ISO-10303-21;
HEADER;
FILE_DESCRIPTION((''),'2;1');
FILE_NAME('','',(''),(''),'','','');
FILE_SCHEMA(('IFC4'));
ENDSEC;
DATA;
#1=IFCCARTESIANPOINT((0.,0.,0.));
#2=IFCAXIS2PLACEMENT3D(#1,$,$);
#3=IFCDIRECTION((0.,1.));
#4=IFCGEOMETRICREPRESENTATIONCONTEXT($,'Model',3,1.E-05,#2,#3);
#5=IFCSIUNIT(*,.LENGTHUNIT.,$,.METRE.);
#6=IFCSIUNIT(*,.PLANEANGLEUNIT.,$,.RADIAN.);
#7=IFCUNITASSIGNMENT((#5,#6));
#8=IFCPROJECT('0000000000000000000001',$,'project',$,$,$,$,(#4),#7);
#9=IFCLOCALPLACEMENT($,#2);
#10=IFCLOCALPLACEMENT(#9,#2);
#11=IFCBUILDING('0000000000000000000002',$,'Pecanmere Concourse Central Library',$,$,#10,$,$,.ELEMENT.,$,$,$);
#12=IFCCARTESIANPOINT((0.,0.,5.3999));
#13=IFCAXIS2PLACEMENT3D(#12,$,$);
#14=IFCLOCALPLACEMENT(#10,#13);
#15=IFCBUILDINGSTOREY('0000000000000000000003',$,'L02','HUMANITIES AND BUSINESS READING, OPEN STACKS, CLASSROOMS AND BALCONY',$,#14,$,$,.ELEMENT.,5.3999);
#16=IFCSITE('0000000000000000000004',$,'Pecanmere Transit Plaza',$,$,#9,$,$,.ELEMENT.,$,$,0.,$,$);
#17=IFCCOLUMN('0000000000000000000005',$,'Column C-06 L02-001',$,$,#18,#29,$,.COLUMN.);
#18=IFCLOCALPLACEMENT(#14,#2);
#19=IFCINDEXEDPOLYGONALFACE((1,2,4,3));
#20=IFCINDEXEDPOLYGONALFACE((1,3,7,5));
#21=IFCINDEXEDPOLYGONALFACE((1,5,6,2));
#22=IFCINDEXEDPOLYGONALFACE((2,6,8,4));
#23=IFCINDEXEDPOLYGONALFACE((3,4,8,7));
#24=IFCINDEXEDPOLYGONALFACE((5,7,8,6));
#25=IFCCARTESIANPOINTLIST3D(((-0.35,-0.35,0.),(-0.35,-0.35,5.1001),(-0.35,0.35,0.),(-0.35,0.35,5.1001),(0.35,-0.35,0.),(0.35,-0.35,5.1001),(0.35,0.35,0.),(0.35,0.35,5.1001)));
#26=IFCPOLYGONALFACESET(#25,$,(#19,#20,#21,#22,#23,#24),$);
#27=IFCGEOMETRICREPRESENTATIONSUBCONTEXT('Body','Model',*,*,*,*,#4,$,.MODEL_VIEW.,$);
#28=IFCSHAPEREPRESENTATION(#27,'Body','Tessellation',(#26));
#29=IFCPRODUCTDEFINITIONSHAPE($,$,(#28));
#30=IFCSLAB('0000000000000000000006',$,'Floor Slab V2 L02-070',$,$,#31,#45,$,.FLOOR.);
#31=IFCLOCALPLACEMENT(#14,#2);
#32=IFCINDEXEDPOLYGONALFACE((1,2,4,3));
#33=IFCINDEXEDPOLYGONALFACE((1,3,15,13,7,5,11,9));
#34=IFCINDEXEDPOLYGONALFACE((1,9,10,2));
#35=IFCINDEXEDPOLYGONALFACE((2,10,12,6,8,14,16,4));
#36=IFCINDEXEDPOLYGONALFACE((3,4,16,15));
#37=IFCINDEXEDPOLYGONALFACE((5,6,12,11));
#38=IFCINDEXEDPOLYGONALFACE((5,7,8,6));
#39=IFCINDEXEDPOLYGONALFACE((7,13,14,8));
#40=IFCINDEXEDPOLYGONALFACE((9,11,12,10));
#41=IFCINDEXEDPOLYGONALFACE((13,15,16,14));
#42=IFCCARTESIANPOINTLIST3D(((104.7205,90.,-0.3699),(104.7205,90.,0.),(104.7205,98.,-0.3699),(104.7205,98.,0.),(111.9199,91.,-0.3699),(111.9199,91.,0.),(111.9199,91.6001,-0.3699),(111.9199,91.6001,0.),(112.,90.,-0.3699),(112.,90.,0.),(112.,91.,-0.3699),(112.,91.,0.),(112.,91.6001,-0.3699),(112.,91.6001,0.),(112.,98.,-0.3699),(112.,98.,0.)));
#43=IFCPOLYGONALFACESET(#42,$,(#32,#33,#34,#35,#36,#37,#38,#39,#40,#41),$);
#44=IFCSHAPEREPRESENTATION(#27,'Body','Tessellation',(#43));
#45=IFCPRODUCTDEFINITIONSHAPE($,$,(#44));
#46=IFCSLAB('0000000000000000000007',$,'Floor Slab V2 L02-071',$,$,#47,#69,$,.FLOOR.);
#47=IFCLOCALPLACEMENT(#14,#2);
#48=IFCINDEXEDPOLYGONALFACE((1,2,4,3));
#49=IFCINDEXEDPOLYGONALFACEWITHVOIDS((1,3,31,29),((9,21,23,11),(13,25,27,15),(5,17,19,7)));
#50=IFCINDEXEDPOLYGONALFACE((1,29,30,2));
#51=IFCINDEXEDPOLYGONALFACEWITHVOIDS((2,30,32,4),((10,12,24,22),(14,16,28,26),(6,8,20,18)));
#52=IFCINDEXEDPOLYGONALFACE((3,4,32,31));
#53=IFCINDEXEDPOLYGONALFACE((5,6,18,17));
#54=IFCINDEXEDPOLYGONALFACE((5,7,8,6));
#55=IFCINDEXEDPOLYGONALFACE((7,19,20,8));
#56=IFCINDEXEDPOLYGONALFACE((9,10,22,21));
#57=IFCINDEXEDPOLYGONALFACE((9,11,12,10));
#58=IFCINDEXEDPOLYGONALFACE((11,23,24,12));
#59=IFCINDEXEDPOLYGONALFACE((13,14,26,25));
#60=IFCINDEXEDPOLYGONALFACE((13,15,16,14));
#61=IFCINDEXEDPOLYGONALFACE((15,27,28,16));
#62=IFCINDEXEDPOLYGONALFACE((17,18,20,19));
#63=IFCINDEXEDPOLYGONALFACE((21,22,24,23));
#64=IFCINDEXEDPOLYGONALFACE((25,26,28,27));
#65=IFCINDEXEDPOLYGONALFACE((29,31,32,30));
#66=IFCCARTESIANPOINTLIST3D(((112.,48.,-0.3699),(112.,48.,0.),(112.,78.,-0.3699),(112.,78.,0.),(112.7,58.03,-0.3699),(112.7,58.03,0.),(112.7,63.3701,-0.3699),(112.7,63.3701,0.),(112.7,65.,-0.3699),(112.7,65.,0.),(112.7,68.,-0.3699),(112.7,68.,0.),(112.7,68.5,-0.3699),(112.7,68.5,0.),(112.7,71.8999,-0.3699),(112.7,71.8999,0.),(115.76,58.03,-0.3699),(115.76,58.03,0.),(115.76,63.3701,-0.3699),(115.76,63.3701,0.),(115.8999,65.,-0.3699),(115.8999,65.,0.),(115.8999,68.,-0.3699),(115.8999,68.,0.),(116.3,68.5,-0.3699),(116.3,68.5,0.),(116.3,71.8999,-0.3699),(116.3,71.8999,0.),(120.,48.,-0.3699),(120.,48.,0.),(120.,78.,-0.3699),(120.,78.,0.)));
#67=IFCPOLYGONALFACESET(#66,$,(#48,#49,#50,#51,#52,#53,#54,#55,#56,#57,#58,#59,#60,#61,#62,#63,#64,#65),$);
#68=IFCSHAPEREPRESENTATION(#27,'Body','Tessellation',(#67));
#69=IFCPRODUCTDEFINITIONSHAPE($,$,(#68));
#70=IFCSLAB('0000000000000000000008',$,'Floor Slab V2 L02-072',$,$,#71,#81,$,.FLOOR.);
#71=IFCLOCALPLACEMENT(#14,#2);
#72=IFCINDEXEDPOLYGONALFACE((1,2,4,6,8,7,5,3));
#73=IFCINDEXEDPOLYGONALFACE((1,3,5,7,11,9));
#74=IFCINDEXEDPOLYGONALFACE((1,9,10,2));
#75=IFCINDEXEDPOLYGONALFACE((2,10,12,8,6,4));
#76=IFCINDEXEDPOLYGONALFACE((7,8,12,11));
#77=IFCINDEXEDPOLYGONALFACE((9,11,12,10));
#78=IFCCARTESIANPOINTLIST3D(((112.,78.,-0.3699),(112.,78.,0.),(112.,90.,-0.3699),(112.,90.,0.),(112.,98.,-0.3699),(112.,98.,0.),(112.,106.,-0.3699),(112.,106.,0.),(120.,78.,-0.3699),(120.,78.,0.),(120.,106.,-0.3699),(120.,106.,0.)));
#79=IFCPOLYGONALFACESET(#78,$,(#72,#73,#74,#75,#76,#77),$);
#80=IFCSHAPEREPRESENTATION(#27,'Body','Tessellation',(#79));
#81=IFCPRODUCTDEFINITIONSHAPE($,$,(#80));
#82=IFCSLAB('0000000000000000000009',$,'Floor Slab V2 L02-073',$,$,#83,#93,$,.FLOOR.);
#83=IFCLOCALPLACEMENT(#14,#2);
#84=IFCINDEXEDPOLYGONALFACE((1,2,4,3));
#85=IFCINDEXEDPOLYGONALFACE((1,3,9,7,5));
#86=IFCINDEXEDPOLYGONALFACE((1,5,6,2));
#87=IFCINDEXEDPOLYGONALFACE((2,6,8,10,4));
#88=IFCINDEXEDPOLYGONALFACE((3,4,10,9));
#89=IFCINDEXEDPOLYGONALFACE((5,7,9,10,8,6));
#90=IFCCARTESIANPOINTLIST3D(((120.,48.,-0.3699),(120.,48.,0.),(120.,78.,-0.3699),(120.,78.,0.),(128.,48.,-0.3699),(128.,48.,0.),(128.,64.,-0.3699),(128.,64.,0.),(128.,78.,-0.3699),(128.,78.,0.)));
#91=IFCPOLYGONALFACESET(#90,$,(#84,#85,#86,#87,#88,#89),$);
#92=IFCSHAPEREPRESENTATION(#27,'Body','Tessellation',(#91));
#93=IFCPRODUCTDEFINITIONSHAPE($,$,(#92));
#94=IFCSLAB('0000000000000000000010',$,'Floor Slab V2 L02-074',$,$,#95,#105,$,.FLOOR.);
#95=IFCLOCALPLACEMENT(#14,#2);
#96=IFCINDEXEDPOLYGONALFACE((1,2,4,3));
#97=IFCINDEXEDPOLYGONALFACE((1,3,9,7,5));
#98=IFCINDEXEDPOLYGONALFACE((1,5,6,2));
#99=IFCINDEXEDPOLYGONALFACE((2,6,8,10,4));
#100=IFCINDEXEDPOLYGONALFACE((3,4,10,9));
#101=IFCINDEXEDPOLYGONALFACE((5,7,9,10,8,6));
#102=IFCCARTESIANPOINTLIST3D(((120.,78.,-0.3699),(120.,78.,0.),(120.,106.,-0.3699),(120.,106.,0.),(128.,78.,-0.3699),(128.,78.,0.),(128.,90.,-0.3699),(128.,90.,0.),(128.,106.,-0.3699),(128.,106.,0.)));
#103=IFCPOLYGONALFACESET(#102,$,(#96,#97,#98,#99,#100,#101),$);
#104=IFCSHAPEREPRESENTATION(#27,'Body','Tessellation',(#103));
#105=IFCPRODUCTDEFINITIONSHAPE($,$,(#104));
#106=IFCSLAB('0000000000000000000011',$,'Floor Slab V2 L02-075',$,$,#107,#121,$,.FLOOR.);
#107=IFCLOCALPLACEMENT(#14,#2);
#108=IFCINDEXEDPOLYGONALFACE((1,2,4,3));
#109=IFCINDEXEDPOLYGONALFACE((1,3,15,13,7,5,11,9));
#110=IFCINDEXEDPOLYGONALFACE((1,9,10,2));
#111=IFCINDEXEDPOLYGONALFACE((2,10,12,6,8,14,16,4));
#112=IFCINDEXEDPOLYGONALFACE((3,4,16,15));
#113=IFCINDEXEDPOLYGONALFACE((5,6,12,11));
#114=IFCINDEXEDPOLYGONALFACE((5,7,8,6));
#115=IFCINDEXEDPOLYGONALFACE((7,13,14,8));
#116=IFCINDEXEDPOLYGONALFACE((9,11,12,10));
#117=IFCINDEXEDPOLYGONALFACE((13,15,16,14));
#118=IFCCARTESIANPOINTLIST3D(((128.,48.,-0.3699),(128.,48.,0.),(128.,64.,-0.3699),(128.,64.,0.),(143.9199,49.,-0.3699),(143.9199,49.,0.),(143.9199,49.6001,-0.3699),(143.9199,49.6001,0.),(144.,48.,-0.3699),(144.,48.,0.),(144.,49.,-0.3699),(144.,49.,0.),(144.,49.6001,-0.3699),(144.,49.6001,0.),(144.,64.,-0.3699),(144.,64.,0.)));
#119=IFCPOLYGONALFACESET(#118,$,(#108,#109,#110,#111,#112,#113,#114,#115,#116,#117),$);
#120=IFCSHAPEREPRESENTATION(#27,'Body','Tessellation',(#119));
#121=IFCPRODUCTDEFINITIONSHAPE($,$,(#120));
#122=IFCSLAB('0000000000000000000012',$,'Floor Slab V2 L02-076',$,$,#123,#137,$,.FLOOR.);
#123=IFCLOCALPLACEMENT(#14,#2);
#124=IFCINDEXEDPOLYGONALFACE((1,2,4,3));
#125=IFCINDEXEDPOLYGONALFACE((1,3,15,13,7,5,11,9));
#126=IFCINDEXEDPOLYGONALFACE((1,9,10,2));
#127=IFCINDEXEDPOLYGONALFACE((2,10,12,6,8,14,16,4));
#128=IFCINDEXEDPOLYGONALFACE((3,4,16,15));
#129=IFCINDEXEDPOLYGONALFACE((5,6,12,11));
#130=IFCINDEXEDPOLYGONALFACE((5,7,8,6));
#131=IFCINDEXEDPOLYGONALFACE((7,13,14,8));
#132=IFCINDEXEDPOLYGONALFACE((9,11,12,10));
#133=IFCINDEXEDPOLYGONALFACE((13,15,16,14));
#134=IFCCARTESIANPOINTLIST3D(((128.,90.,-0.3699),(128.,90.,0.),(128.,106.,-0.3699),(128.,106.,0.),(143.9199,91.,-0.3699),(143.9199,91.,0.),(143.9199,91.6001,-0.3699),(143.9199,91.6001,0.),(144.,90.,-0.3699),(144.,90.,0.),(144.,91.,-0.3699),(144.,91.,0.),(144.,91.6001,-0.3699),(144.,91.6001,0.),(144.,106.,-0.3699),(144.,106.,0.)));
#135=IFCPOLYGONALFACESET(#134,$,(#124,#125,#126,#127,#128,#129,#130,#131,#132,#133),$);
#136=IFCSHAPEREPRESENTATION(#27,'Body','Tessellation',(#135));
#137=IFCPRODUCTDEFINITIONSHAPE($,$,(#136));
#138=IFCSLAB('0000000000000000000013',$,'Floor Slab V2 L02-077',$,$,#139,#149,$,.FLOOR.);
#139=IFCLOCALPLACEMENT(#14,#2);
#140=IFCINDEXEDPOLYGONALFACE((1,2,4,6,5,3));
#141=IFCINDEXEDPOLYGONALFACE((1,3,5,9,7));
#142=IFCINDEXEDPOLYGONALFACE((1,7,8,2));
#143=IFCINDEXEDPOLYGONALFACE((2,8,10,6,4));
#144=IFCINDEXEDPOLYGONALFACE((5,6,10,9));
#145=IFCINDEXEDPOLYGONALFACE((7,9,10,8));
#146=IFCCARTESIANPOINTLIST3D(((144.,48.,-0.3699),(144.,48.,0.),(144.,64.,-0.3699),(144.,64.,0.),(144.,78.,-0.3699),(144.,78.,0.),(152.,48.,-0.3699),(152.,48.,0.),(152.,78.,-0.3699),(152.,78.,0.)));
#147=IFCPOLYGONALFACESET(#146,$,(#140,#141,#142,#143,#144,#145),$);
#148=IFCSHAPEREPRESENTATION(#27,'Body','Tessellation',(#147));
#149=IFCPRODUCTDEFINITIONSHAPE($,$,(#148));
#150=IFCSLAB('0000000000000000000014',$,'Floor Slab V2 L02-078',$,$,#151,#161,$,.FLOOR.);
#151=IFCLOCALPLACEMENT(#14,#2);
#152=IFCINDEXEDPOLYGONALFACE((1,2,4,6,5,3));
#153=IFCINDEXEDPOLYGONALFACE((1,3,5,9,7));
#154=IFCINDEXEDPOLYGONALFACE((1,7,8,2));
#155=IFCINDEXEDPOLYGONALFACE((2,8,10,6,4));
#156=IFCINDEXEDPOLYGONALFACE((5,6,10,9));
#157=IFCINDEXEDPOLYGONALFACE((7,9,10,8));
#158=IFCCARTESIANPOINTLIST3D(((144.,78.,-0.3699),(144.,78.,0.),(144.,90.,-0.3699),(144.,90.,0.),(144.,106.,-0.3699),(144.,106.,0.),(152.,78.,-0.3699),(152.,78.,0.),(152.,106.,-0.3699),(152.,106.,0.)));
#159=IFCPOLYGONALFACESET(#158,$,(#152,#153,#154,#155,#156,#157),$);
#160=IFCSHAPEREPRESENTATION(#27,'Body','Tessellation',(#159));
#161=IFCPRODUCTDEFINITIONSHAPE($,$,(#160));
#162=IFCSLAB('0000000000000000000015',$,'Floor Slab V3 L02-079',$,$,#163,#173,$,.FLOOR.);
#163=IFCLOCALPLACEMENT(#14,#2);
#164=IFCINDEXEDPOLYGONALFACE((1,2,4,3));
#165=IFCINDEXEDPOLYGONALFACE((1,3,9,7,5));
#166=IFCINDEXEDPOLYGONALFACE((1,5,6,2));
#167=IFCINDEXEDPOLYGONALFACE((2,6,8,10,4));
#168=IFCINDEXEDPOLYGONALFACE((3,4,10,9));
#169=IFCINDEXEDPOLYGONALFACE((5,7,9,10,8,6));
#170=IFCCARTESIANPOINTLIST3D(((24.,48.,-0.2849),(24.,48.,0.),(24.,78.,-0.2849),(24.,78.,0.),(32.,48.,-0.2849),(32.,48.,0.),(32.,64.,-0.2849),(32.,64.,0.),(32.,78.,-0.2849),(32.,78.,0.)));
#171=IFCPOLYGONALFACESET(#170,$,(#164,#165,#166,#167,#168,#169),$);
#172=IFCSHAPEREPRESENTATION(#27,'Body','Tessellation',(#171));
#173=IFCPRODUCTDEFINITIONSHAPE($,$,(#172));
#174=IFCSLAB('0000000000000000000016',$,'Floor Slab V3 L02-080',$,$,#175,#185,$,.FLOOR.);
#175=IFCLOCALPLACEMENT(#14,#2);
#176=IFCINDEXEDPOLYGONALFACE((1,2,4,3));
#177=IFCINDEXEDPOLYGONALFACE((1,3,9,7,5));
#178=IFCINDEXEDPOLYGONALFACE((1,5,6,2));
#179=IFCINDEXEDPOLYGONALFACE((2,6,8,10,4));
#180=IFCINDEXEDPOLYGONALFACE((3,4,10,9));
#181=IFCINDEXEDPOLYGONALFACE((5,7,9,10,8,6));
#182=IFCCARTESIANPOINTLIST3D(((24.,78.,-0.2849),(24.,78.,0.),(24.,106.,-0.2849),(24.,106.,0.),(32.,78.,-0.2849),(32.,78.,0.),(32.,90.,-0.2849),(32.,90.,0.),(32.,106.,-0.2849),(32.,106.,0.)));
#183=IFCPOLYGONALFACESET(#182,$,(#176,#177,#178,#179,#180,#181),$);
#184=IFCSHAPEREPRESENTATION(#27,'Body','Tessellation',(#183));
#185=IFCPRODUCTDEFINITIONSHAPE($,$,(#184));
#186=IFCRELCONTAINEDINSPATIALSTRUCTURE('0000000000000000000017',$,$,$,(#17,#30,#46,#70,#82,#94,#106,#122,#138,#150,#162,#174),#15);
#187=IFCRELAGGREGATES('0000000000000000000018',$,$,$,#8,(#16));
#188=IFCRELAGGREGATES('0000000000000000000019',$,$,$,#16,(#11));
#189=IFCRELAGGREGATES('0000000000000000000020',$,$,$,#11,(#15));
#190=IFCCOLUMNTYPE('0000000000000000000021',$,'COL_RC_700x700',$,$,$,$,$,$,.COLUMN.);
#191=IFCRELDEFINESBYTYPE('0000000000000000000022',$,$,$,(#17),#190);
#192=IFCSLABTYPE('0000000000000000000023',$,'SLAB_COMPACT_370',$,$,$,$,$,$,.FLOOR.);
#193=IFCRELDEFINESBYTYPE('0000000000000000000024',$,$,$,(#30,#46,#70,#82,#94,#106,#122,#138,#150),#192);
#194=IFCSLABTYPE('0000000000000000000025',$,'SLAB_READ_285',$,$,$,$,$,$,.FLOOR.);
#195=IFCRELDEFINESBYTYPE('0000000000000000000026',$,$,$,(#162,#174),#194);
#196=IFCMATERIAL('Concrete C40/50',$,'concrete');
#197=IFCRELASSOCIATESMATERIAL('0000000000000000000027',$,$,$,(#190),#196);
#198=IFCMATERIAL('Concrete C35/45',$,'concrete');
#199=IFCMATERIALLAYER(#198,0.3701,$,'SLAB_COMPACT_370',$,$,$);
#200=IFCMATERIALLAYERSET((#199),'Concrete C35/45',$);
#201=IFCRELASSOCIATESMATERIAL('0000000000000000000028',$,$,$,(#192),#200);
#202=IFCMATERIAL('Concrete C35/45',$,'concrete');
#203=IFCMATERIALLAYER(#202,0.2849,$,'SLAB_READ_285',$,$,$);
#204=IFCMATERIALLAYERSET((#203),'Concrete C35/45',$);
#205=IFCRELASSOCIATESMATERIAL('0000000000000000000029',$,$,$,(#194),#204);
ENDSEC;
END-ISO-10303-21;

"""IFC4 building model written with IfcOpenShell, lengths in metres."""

from ifc_helpers import new_model, si_unit, direction, frame, origin, origin_with_axes, origin_2d, place, context, subcontext, project, spatial, polyline, rectangle, outline, extrude, material, layer, layer_set, material_profile, profile_set, type_object, element, save


model = new_model("IFC4")

# Units and contexts
model_context = context("Model", 3, precision=1e-05, world=origin(), true_north=direction((0.0, 1.0)))
body_context = subcontext(model_context, "Body", "Model", "MODEL_VIEW")
ifc_project = project(units=[si_unit("LENGTHUNIT", "METRE"), si_unit("PLANEANGLEUNIT", "RADIAN")], contexts=[model_context])

# Site, building, storey
site_placement = place(None, origin())
site = spatial("IfcSite", under=ifc_project, at=site_placement, Name="Pecanmere Transit Plaza", CompositionType="ELEMENT", RefElevation=0.0)
building_placement = place(site_placement, origin())
building = spatial("IfcBuilding", under=site, at=building_placement, Name="Pecanmere Concourse Central Library", CompositionType="ELEMENT")
storey_placement = place(building_placement, frame((0.0, 0.0, 5.3999)))
storey = spatial("IfcBuildingStorey", under=building, at=storey_placement, Name="L02", Description="HUMANITIES AND BUSINESS READING, OPEN STACKS, CLASSROOMS AND BALCONY", CompositionType="ELEMENT", Elevation=5.3999)

# Column
ifc_material_1 = material(Name="Concrete C40/50", Category="concrete")
ifc_material_profile = material_profile(ifc_material_1, rectangle(XDim=0.7, YDim=0.7, at=origin_2d()), Name="RC 700x700")
ifc_profile_set = profile_set([ifc_material_profile], Name="Concrete C40/50")
column_type = type_object("IfcColumnType", Name="COL_RC_700x700", PredefinedType="COLUMN", material=ifc_profile_set)
column_placement = place(storey_placement, origin_with_axes())
element("IfcColumn", 1, at=column_placement, inside=storey, type_object=column_type, Name="Column C-06 L02-001", PredefinedType="COLUMN", context=body_context, shape_type="SweptSolid", body=[
    extrude(rectangle(XDim=0.7, YDim=0.7, at=origin_2d()), origin(), (0.0, 0.0, 1.0), 5.1001),
])

# Slabs
ifc_material_2 = material(Name="Concrete C35/45", Category="concrete")
ifc_layer_1 = layer(ifc_material_2, 0.3701, Name="SLAB_COMPACT_370")
ifc_layer_set_1 = layer_set([ifc_layer_1], Name="Concrete C35/45")
slab_type_1 = type_object("IfcSlabType", Name="SLAB_COMPACT_370", PredefinedType="FLOOR", material=ifc_layer_set_1)
slab_1_placement = place(storey_placement, frame((0.0, 0.0, -0.3699)))
element("IfcSlab", 2, at=slab_1_placement, inside=storey, type_object=slab_type_1, Name="Floor Slab V2 L02-070", PredefinedType="FLOOR", context=body_context, shape_type="SweptSolid", body=[
    extrude(outline(polyline([(112.0, 91.6001), (111.9199, 91.6001), (111.9199, 91.0), (112.0, 91.0), (112.0, 90.0), (104.7205, 90.0), (104.7205, 98.0), (112.0, 98.0), (112.0, 91.6001)])), origin(), (0.0, 0.0, 1.0), 0.3699),
])
slab_2_placement = place(storey_placement, frame((0.0, 0.0, -0.3699)))
element("IfcSlab", 3, at=slab_2_placement, inside=storey, type_object=slab_type_1, Name="Floor Slab V2 L02-071", PredefinedType="FLOOR", context=body_context, shape_type="SweptSolid", body=[
    extrude(outline(polyline([(112.0, 48.0), (112.0, 78.0), (120.0, 78.0), (120.0, 48.0), (112.0, 48.0)]), holes=[polyline([(115.76, 58.03), (115.76, 63.3701), (112.7, 63.3701), (112.7, 58.03), (115.76, 58.03)]), polyline([(115.8999, 65.0), (115.8999, 68.0), (112.7, 68.0), (112.7, 65.0), (115.8999, 65.0)]), polyline([(116.3, 71.8999), (112.7, 71.8999), (112.7, 68.5), (116.3, 68.5), (116.3, 71.8999)])]), origin(), (0.0, 0.0, 1.0), 0.3699),
])
slab_3_placement = place(storey_placement, frame((0.0, 0.0, -0.3699)))
element("IfcSlab", 4, at=slab_3_placement, inside=storey, type_object=slab_type_1, Name="Floor Slab V2 L02-072", PredefinedType="FLOOR", context=body_context, shape_type="SweptSolid", body=[
    extrude(outline(polyline([(112.0, 106.0), (120.0, 106.0), (120.0, 78.0), (112.0, 78.0), (112.0, 90.0), (112.0, 98.0), (112.0, 106.0)])), origin(), (0.0, 0.0, 1.0), 0.3699),
])
slab_4_placement = place(storey_placement, frame((0.0, 0.0, -0.3699)))
element("IfcSlab", 5, at=slab_4_placement, inside=storey, type_object=slab_type_1, Name="Floor Slab V2 L02-073", PredefinedType="FLOOR", context=body_context, shape_type="SweptSolid", body=[
    extrude(outline(polyline([(128.0, 48.0), (120.0, 48.0), (120.0, 78.0), (128.0, 78.0), (128.0, 64.0), (128.0, 48.0)])), origin(), (0.0, 0.0, 1.0), 0.3699),
])
slab_5_placement = place(storey_placement, frame((0.0, 0.0, -0.3699)))
element("IfcSlab", 6, at=slab_5_placement, inside=storey, type_object=slab_type_1, Name="Floor Slab V2 L02-074", PredefinedType="FLOOR", context=body_context, shape_type="SweptSolid", body=[
    extrude(outline(polyline([(128.0, 78.0), (120.0, 78.0), (120.0, 106.0), (128.0, 106.0), (128.0, 90.0), (128.0, 78.0)])), origin(), (0.0, 0.0, 1.0), 0.3699),
])
slab_6_placement = place(storey_placement, frame((0.0, 0.0, -0.3699)))
element("IfcSlab", 7, at=slab_6_placement, inside=storey, type_object=slab_type_1, Name="Floor Slab V2 L02-075", PredefinedType="FLOOR", context=body_context, shape_type="SweptSolid", body=[
    extrude(outline(polyline([(128.0, 48.0), (128.0, 64.0), (144.0, 64.0), (144.0, 49.6001), (143.9199, 49.6001), (143.9199, 49.0), (144.0, 49.0), (144.0, 48.0), (128.0, 48.0)])), origin(), (0.0, 0.0, 1.0), 0.3699),
])
slab_7_placement = place(storey_placement, frame((0.0, 0.0, -0.3699)))
element("IfcSlab", 8, at=slab_7_placement, inside=storey, type_object=slab_type_1, Name="Floor Slab V2 L02-076", PredefinedType="FLOOR", context=body_context, shape_type="SweptSolid", body=[
    extrude(outline(polyline([(144.0, 106.0), (144.0, 91.6001), (143.9199, 91.6001), (143.9199, 91.0), (144.0, 91.0), (144.0, 90.0), (128.0, 90.0), (128.0, 106.0), (144.0, 106.0)])), origin(), (0.0, 0.0, 1.0), 0.3699),
])
slab_8_placement = place(storey_placement, frame((0.0, 0.0, -0.3699)))
element("IfcSlab", 9, at=slab_8_placement, inside=storey, type_object=slab_type_1, Name="Floor Slab V2 L02-077", PredefinedType="FLOOR", context=body_context, shape_type="SweptSolid", body=[
    extrude(outline(polyline([(144.0, 48.0), (144.0, 64.0), (144.0, 78.0), (152.0, 78.0), (152.0, 48.0), (144.0, 48.0)])), origin(), (0.0, 0.0, 1.0), 0.3699),
])
slab_9_placement = place(storey_placement, frame((0.0, 0.0, -0.3699)))
element("IfcSlab", 10, at=slab_9_placement, inside=storey, type_object=slab_type_1, Name="Floor Slab V2 L02-078", PredefinedType="FLOOR", context=body_context, shape_type="SweptSolid", body=[
    extrude(outline(polyline([(144.0, 78.0), (144.0, 90.0), (144.0, 106.0), (152.0, 106.0), (152.0, 78.0), (144.0, 78.0)])), origin(), (0.0, 0.0, 1.0), 0.3699),
])
ifc_material_3 = material(Name="Concrete C35/45", Category="concrete")
ifc_layer_2 = layer(ifc_material_3, 0.2849, Name="SLAB_READ_285")
ifc_layer_set_2 = layer_set([ifc_layer_2], Name="Concrete C35/45")
slab_type_2 = type_object("IfcSlabType", Name="SLAB_READ_285", PredefinedType="FLOOR", material=ifc_layer_set_2)
slab_10_placement = place(storey_placement, frame((0.0, 0.0, -0.2849)))
element("IfcSlab", 11, at=slab_10_placement, inside=storey, type_object=slab_type_2, Name="Floor Slab V3 L02-079", PredefinedType="FLOOR", context=body_context, shape_type="SweptSolid", body=[
    extrude(outline(polyline([(32.0, 48.0), (24.0, 48.0), (24.0, 78.0), (32.0, 78.0), (32.0, 64.0), (32.0, 48.0)])), origin(), (0.0, 0.0, 1.0), 0.2849),
])
slab_11_placement = place(storey_placement, frame((0.0, 0.0, -0.2849)))
element("IfcSlab", 12, at=slab_11_placement, inside=storey, type_object=slab_type_2, Name="Floor Slab V3 L02-080", PredefinedType="FLOOR", context=body_context, shape_type="SweptSolid", body=[
    extrude(outline(polyline([(32.0, 90.0), (32.0, 78.0), (24.0, 78.0), (24.0, 106.0), (32.0, 106.0), (32.0, 90.0)])), origin(), (0.0, 0.0, 1.0), 0.2849),
])

save(model, "model.ifc")
